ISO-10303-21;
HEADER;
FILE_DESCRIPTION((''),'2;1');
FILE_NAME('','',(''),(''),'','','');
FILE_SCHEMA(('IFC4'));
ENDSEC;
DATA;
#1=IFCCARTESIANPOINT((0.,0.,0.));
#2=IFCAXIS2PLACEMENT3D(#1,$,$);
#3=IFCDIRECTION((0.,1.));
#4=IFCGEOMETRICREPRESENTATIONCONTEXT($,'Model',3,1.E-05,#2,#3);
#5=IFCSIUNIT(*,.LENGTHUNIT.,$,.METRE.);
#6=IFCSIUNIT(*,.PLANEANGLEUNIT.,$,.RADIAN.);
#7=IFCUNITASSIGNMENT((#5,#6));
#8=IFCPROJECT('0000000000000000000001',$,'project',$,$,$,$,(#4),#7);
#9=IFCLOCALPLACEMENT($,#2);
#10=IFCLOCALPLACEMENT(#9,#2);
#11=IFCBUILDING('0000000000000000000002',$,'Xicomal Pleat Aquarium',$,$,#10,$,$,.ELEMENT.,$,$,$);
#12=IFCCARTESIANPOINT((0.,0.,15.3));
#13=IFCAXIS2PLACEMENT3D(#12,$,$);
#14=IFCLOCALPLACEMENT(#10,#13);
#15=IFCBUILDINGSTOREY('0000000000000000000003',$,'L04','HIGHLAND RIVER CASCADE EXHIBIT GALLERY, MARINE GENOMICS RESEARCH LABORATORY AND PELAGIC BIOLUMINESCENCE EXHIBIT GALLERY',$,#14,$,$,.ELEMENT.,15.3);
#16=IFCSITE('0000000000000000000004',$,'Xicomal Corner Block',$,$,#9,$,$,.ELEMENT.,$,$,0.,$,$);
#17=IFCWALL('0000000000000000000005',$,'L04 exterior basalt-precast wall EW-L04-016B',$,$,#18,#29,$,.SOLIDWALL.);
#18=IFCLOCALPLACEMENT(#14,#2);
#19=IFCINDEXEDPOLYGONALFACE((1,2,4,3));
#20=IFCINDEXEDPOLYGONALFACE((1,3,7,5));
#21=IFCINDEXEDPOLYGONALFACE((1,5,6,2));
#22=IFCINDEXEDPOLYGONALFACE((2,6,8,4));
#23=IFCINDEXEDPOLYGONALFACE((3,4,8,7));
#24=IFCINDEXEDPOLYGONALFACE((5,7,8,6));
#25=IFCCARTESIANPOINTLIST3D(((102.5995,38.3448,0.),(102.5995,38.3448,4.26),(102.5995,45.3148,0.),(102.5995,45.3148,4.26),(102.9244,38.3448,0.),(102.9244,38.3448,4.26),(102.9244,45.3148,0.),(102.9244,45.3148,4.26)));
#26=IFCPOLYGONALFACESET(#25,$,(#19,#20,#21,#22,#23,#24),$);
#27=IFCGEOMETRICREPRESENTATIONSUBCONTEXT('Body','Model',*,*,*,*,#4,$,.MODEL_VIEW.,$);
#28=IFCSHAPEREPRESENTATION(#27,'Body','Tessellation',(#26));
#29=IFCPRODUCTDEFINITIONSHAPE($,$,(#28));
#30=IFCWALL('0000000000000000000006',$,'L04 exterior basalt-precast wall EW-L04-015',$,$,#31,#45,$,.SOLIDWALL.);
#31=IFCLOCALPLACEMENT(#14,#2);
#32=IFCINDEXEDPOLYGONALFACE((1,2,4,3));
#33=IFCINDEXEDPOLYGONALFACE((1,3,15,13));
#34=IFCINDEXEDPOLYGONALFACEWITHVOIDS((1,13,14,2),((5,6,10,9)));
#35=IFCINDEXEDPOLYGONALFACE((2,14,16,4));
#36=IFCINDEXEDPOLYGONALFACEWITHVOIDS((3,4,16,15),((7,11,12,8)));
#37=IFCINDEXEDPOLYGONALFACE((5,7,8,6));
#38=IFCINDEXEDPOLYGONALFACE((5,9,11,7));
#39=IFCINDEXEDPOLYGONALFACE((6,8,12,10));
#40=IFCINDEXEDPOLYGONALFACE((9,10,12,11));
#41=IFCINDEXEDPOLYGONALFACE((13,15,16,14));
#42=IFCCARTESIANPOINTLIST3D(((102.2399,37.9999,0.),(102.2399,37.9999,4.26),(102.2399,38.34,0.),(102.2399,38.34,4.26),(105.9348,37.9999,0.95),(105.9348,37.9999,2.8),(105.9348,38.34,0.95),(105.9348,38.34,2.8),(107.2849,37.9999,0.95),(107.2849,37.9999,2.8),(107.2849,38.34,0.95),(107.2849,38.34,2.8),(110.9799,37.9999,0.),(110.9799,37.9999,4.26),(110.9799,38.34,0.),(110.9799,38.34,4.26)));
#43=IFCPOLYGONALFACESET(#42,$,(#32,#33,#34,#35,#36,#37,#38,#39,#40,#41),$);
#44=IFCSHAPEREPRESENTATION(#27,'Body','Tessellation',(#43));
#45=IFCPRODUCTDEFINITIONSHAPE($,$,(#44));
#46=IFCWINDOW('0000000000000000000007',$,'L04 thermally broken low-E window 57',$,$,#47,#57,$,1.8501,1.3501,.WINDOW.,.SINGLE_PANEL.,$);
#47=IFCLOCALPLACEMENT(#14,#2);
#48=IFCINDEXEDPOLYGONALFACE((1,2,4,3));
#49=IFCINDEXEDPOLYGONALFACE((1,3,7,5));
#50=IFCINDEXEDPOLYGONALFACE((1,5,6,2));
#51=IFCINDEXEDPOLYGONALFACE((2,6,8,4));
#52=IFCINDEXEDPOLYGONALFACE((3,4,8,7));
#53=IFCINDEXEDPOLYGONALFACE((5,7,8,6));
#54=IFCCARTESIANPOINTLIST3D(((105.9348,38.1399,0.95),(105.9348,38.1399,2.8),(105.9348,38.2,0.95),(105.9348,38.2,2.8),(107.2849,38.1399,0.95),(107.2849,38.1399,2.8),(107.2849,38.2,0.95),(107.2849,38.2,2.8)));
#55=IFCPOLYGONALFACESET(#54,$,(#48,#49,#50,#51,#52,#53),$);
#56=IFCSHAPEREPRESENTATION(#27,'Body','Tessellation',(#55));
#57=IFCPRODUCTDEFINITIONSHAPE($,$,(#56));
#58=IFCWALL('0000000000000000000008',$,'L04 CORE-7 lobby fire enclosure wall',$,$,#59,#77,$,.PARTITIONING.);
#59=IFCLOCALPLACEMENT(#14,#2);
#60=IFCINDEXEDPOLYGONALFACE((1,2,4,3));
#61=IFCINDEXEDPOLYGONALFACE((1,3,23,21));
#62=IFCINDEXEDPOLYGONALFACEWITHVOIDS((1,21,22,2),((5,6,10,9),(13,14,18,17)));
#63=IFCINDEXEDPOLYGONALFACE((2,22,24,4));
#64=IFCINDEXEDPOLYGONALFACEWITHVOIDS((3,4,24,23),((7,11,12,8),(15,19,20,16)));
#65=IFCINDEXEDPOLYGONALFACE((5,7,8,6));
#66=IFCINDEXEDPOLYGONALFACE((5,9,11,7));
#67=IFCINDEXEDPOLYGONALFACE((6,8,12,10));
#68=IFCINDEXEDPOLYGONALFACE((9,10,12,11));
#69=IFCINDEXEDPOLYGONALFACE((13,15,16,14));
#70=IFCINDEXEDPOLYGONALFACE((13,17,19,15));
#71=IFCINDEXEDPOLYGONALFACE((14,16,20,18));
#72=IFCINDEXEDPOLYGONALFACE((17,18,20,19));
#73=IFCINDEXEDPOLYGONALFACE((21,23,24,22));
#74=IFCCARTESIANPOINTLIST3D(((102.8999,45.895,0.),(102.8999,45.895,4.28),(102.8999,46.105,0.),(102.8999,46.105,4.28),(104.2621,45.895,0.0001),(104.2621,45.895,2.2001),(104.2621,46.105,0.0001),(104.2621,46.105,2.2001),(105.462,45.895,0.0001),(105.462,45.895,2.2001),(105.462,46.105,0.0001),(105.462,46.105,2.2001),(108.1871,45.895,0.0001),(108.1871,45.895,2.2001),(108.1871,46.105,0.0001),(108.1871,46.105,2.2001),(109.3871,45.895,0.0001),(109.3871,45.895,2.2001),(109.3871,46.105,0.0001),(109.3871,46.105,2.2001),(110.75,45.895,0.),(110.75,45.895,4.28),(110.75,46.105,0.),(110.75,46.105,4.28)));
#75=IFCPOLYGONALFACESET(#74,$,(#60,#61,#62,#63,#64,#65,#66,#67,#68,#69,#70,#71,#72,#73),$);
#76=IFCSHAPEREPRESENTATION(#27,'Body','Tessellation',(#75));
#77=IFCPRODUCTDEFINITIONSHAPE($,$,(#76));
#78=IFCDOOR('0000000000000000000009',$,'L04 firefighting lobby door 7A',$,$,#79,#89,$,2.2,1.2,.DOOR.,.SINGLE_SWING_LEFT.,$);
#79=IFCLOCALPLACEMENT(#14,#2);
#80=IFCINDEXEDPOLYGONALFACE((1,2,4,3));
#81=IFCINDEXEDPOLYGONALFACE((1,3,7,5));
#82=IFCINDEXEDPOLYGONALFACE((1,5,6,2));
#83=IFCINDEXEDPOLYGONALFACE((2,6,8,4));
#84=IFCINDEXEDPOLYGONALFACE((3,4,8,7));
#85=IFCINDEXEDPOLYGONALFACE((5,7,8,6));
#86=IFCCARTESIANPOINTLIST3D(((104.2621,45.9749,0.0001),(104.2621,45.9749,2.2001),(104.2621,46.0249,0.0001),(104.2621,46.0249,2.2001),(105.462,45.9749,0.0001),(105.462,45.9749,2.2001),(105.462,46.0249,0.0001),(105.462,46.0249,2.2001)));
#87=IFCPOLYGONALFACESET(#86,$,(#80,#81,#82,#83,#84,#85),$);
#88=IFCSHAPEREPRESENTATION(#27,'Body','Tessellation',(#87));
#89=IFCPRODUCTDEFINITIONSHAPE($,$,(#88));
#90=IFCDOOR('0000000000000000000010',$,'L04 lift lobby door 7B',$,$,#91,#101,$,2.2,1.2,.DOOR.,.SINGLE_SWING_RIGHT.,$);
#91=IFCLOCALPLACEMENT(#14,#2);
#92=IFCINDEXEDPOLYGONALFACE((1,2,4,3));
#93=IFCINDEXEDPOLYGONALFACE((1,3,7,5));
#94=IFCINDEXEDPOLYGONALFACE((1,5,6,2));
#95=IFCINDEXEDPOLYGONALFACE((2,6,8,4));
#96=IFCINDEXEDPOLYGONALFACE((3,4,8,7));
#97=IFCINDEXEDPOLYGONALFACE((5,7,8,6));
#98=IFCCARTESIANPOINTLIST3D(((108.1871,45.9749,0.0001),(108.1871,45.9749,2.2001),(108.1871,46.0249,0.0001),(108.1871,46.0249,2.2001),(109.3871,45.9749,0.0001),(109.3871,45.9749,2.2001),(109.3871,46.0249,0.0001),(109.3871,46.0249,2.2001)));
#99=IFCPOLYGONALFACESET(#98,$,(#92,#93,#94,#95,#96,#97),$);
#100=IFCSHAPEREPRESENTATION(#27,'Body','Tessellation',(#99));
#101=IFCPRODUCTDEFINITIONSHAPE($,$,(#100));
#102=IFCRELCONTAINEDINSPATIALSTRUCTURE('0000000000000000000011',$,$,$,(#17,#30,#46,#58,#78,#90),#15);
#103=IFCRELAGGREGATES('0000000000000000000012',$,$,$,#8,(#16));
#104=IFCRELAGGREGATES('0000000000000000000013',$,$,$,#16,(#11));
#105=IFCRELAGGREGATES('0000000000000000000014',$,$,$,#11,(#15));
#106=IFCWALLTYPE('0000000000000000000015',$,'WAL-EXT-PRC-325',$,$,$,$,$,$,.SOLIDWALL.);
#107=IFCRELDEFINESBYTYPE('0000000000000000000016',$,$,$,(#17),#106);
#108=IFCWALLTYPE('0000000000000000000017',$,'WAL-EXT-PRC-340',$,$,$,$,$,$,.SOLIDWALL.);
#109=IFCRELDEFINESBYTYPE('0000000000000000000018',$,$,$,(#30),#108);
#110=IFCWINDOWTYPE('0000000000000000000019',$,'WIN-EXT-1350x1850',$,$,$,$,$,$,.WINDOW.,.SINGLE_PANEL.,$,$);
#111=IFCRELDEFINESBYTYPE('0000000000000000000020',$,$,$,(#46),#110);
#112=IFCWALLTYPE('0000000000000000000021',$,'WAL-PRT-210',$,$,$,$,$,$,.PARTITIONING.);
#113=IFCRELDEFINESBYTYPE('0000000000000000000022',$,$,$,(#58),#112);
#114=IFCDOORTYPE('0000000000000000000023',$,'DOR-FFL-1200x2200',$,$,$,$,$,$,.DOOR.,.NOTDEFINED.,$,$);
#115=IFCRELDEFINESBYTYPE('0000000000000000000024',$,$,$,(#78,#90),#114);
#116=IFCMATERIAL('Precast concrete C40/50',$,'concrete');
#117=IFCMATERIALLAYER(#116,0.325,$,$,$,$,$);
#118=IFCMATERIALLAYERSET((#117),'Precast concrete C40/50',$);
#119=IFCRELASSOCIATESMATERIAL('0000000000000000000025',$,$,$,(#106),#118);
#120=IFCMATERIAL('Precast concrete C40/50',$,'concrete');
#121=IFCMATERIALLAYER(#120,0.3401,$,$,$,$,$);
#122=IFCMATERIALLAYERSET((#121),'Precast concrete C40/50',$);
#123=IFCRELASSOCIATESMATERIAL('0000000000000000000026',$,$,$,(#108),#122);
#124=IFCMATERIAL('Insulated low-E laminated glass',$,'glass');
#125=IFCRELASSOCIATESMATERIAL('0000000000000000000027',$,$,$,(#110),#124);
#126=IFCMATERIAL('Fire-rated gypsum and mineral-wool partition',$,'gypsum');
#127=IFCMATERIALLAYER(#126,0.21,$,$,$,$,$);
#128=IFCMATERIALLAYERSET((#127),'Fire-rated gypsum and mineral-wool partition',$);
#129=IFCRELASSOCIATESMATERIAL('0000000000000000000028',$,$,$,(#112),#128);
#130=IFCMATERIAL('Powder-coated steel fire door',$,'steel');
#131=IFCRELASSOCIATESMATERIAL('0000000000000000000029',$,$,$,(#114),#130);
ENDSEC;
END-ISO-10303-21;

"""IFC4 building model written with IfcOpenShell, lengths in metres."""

from ifc_helpers import new_model, si_unit, direction, frame, frame_2d, origin, place, context, subcontext, project, spatial, rectangle, extrude, material, layer, layer_set, type_object, element, fill, save


model = new_model("IFC4")

# Units and contexts
model_context = context("Model", 3, precision=1e-05, world=origin(), true_north=direction((0.0, 1.0)))
body_context = subcontext(model_context, "Body", "Model", "MODEL_VIEW")
ifc_project = project(units=[si_unit("LENGTHUNIT", "METRE"), si_unit("PLANEANGLEUNIT", "RADIAN")], contexts=[model_context])

# Site, building, storey
site_placement = place(None, origin())
site = spatial("IfcSite", under=ifc_project, at=site_placement, Name="Xicomal Corner Block", CompositionType="ELEMENT", RefElevation=0.0)
building_placement = place(site_placement, origin())
building = spatial("IfcBuilding", under=site, at=building_placement, Name="Xicomal Pleat Aquarium", CompositionType="ELEMENT")
storey_placement = place(building_placement, frame((0.0, 0.0, 15.3)))
storey = spatial("IfcBuildingStorey", under=building, at=storey_placement, Name="L04", Description="HIGHLAND RIVER CASCADE EXHIBIT GALLERY, MARINE GENOMICS RESEARCH LABORATORY AND PELAGIC BIOLUMINESCENCE EXHIBIT GALLERY", CompositionType="ELEMENT", Elevation=15.3)

# Wall
ifc_material_1 = material(Name="Precast concrete C40/50", Category="concrete")
ifc_layer_1 = layer(ifc_material_1, 0.325)
ifc_layer_set_1 = layer_set([ifc_layer_1], Name="Precast concrete C40/50")
wall_type_1 = type_object("IfcWallType", Name="WAL-EXT-PRC-325", PredefinedType="SOLIDWALL", material=ifc_layer_set_1)
wall_1_placement = place(storey_placement, frame((102.762, 38.345, 0.0), z_axis=(0.0, 0.0, 1.0), x_axis=(0.0, 1.0, 0.0)))
element("IfcWall", 1, at=wall_1_placement, inside=storey, type_object=wall_type_1, Name="L04 exterior basalt-precast wall EW-L04-016B", PredefinedType="SOLIDWALL", context=body_context, shape_type="SweptSolid", body=[
    extrude(rectangle(XDim=6.97, YDim=0.325, at=frame_2d((3.4849, 0.0))), origin(), (0.0, 0.0, 1.0), 4.26),
])

# Wall, opening, window
ifc_material_2 = material(Name="Precast concrete C40/50", Category="concrete")
ifc_layer_2 = layer(ifc_material_2, 0.3401)
ifc_layer_set_2 = layer_set([ifc_layer_2], Name="Precast concrete C40/50")
wall_type_2 = type_object("IfcWallType", Name="WAL-EXT-PRC-340", PredefinedType="SOLIDWALL", material=ifc_layer_set_2)
wall_2_placement = place(storey_placement, frame((110.98, 38.1699, 0.0), z_axis=(0.0, 0.0, 1.0), x_axis=(-1.0, 0.0, 0.0)))
wall_2 = element("IfcWall", 2, at=wall_2_placement, inside=storey, type_object=wall_type_2, Name="L04 exterior basalt-precast wall EW-L04-015", PredefinedType="SOLIDWALL", context=body_context, shape_type="SweptSolid", body=[
    extrude(rectangle(XDim=8.74, YDim=0.3401, at=frame_2d((4.3701, 0.0))), origin(), (0.0, 0.0, 1.0), 4.26),
])
opening_1_placement = place(wall_2_placement, frame((3.6951, 0.0, 0.95)))
opening_1 = element("IfcOpeningElement", 3, at=opening_1_placement, cuts=wall_2, PredefinedType="OPENING", context=body_context, shape_type="SweptSolid", body=[
    extrude(rectangle(XDim=1.3501, YDim=1.8501, at=frame_2d((0.675, 0.925))), frame((0.0, 0.1799, 0.0), z_axis=(0.0, -1.0, 0.0), x_axis=(1.0, 0.0, 0.0)), (0.0, 0.0, 1.0), 0.3601),
])
ifc_material_3 = material(Name="Insulated low-E laminated glass", Category="glass")
window_type_1 = type_object("IfcWindowType", Name="WIN-EXT-1350x1850", PartitioningType="SINGLE_PANEL", PredefinedType="WINDOW", material=ifc_material_3)
window_1_placement = place(opening_1_placement, origin())
window_1 = element("IfcWindow", 4, at=window_1_placement, inside=storey, type_object=window_type_1, Name="L04 thermally broken low-E window 57", OverallHeight=1.8501, OverallWidth=1.3501, PartitioningType="SINGLE_PANEL", PredefinedType="WINDOW", context=body_context, shape_type="SweptSolid", body=[
    extrude(rectangle(XDim=1.3501, YDim=1.8501, at=frame_2d((0.675, 0.925))), frame((0.0, 0.03, 0.0), z_axis=(0.0, -1.0, 0.0), x_axis=(1.0, 0.0, 0.0)), (0.0, 0.0, 1.0), 0.0601),
])
fill(opening_1, window_1)

# Wall, openings, doors
ifc_material_4 = material(Name="Fire-rated gypsum and mineral-wool partition", Category="gypsum")
ifc_layer_3 = layer(ifc_material_4, 0.21)
ifc_layer_set_3 = layer_set([ifc_layer_3], Name="Fire-rated gypsum and mineral-wool partition")
wall_type_3 = type_object("IfcWallType", Name="WAL-PRT-210", PredefinedType="PARTITIONING", material=ifc_layer_set_3)
wall_3_placement = place(storey_placement, frame((102.8999, 46.0, 0.0), z_axis=(0.0, 0.0, 1.0), x_axis=(1.0, 0.0, 0.0)))
wall_3 = element("IfcWall", 5, at=wall_3_placement, inside=storey, type_object=wall_type_3, Name="L04 CORE-7 lobby fire enclosure wall", PredefinedType="PARTITIONING", context=body_context, shape_type="SweptSolid", body=[
    extrude(rectangle(XDim=7.8501, YDim=0.21, at=frame_2d((3.925, 0.0))), origin(), (0.0, 0.0, 1.0), 4.28),
])
opening_2_placement = place(wall_3_placement, frame((1.3621, 0.0, 0.0)))
opening_2 = element("IfcOpeningElement", 6, at=opening_2_placement, cuts=wall_3, PredefinedType="OPENING", context=body_context, shape_type="SweptSolid", body=[
    extrude(rectangle(XDim=1.2, YDim=2.2, at=frame_2d((0.6001, 1.1001))), frame((0.0, 0.115, 0.0), z_axis=(0.0, -1.0, 0.0), x_axis=(1.0, 0.0, 0.0)), (0.0, 0.0, 1.0), 0.23),
])
opening_3_placement = place(wall_3_placement, frame((5.2871, 0.0, 0.0)))
opening_3 = element("IfcOpeningElement", 7, at=opening_3_placement, cuts=wall_3, PredefinedType="OPENING", context=body_context, shape_type="SweptSolid", body=[
    extrude(rectangle(XDim=1.2, YDim=2.2, at=frame_2d((0.6001, 1.1001))), frame((0.0, 0.115, 0.0), z_axis=(0.0, -1.0, 0.0), x_axis=(1.0, 0.0, 0.0)), (0.0, 0.0, 1.0), 0.23),
])
ifc_material_5 = material(Name="Powder-coated steel fire door", Category="steel")
door_type_1 = type_object("IfcDoorType", Name="DOR-FFL-1200x2200", OperationType="NOTDEFINED", PredefinedType="DOOR", material=ifc_material_5)
door_1_placement = place(opening_2_placement, origin())
door_1 = element("IfcDoor", 8, at=door_1_placement, inside=storey, type_object=door_type_1, Name="L04 firefighting lobby door 7A", OperationType="SINGLE_SWING_LEFT", OverallHeight=2.2, OverallWidth=1.2, PredefinedType="DOOR", context=body_context, shape_type="SweptSolid", body=[
    extrude(rectangle(XDim=1.2, YDim=2.2, at=frame_2d((0.6001, 1.1001))), frame((0.0, 0.0249, 0.0), z_axis=(0.0, -1.0, 0.0), x_axis=(1.0, 0.0, 0.0)), (0.0, 0.0, 1.0), 0.05),
])
fill(opening_2, door_1)
door_2_placement = place(opening_3_placement, origin())
door_2 = element("IfcDoor", 9, at=door_2_placement, inside=storey, type_object=door_type_1, Name="L04 lift lobby door 7B", OperationType="SINGLE_SWING_RIGHT", OverallHeight=2.2, OverallWidth=1.2, PredefinedType="DOOR", context=body_context, shape_type="SweptSolid", body=[
    extrude(rectangle(XDim=1.2, YDim=2.2, at=frame_2d((0.6001, 1.1001))), frame((0.0, 0.0249, 0.0), z_axis=(0.0, -1.0, 0.0), x_axis=(1.0, 0.0, 0.0)), (0.0, 0.0, 1.0), 0.05),
])
fill(opening_3, door_2)

save(model, "model.ifc")
